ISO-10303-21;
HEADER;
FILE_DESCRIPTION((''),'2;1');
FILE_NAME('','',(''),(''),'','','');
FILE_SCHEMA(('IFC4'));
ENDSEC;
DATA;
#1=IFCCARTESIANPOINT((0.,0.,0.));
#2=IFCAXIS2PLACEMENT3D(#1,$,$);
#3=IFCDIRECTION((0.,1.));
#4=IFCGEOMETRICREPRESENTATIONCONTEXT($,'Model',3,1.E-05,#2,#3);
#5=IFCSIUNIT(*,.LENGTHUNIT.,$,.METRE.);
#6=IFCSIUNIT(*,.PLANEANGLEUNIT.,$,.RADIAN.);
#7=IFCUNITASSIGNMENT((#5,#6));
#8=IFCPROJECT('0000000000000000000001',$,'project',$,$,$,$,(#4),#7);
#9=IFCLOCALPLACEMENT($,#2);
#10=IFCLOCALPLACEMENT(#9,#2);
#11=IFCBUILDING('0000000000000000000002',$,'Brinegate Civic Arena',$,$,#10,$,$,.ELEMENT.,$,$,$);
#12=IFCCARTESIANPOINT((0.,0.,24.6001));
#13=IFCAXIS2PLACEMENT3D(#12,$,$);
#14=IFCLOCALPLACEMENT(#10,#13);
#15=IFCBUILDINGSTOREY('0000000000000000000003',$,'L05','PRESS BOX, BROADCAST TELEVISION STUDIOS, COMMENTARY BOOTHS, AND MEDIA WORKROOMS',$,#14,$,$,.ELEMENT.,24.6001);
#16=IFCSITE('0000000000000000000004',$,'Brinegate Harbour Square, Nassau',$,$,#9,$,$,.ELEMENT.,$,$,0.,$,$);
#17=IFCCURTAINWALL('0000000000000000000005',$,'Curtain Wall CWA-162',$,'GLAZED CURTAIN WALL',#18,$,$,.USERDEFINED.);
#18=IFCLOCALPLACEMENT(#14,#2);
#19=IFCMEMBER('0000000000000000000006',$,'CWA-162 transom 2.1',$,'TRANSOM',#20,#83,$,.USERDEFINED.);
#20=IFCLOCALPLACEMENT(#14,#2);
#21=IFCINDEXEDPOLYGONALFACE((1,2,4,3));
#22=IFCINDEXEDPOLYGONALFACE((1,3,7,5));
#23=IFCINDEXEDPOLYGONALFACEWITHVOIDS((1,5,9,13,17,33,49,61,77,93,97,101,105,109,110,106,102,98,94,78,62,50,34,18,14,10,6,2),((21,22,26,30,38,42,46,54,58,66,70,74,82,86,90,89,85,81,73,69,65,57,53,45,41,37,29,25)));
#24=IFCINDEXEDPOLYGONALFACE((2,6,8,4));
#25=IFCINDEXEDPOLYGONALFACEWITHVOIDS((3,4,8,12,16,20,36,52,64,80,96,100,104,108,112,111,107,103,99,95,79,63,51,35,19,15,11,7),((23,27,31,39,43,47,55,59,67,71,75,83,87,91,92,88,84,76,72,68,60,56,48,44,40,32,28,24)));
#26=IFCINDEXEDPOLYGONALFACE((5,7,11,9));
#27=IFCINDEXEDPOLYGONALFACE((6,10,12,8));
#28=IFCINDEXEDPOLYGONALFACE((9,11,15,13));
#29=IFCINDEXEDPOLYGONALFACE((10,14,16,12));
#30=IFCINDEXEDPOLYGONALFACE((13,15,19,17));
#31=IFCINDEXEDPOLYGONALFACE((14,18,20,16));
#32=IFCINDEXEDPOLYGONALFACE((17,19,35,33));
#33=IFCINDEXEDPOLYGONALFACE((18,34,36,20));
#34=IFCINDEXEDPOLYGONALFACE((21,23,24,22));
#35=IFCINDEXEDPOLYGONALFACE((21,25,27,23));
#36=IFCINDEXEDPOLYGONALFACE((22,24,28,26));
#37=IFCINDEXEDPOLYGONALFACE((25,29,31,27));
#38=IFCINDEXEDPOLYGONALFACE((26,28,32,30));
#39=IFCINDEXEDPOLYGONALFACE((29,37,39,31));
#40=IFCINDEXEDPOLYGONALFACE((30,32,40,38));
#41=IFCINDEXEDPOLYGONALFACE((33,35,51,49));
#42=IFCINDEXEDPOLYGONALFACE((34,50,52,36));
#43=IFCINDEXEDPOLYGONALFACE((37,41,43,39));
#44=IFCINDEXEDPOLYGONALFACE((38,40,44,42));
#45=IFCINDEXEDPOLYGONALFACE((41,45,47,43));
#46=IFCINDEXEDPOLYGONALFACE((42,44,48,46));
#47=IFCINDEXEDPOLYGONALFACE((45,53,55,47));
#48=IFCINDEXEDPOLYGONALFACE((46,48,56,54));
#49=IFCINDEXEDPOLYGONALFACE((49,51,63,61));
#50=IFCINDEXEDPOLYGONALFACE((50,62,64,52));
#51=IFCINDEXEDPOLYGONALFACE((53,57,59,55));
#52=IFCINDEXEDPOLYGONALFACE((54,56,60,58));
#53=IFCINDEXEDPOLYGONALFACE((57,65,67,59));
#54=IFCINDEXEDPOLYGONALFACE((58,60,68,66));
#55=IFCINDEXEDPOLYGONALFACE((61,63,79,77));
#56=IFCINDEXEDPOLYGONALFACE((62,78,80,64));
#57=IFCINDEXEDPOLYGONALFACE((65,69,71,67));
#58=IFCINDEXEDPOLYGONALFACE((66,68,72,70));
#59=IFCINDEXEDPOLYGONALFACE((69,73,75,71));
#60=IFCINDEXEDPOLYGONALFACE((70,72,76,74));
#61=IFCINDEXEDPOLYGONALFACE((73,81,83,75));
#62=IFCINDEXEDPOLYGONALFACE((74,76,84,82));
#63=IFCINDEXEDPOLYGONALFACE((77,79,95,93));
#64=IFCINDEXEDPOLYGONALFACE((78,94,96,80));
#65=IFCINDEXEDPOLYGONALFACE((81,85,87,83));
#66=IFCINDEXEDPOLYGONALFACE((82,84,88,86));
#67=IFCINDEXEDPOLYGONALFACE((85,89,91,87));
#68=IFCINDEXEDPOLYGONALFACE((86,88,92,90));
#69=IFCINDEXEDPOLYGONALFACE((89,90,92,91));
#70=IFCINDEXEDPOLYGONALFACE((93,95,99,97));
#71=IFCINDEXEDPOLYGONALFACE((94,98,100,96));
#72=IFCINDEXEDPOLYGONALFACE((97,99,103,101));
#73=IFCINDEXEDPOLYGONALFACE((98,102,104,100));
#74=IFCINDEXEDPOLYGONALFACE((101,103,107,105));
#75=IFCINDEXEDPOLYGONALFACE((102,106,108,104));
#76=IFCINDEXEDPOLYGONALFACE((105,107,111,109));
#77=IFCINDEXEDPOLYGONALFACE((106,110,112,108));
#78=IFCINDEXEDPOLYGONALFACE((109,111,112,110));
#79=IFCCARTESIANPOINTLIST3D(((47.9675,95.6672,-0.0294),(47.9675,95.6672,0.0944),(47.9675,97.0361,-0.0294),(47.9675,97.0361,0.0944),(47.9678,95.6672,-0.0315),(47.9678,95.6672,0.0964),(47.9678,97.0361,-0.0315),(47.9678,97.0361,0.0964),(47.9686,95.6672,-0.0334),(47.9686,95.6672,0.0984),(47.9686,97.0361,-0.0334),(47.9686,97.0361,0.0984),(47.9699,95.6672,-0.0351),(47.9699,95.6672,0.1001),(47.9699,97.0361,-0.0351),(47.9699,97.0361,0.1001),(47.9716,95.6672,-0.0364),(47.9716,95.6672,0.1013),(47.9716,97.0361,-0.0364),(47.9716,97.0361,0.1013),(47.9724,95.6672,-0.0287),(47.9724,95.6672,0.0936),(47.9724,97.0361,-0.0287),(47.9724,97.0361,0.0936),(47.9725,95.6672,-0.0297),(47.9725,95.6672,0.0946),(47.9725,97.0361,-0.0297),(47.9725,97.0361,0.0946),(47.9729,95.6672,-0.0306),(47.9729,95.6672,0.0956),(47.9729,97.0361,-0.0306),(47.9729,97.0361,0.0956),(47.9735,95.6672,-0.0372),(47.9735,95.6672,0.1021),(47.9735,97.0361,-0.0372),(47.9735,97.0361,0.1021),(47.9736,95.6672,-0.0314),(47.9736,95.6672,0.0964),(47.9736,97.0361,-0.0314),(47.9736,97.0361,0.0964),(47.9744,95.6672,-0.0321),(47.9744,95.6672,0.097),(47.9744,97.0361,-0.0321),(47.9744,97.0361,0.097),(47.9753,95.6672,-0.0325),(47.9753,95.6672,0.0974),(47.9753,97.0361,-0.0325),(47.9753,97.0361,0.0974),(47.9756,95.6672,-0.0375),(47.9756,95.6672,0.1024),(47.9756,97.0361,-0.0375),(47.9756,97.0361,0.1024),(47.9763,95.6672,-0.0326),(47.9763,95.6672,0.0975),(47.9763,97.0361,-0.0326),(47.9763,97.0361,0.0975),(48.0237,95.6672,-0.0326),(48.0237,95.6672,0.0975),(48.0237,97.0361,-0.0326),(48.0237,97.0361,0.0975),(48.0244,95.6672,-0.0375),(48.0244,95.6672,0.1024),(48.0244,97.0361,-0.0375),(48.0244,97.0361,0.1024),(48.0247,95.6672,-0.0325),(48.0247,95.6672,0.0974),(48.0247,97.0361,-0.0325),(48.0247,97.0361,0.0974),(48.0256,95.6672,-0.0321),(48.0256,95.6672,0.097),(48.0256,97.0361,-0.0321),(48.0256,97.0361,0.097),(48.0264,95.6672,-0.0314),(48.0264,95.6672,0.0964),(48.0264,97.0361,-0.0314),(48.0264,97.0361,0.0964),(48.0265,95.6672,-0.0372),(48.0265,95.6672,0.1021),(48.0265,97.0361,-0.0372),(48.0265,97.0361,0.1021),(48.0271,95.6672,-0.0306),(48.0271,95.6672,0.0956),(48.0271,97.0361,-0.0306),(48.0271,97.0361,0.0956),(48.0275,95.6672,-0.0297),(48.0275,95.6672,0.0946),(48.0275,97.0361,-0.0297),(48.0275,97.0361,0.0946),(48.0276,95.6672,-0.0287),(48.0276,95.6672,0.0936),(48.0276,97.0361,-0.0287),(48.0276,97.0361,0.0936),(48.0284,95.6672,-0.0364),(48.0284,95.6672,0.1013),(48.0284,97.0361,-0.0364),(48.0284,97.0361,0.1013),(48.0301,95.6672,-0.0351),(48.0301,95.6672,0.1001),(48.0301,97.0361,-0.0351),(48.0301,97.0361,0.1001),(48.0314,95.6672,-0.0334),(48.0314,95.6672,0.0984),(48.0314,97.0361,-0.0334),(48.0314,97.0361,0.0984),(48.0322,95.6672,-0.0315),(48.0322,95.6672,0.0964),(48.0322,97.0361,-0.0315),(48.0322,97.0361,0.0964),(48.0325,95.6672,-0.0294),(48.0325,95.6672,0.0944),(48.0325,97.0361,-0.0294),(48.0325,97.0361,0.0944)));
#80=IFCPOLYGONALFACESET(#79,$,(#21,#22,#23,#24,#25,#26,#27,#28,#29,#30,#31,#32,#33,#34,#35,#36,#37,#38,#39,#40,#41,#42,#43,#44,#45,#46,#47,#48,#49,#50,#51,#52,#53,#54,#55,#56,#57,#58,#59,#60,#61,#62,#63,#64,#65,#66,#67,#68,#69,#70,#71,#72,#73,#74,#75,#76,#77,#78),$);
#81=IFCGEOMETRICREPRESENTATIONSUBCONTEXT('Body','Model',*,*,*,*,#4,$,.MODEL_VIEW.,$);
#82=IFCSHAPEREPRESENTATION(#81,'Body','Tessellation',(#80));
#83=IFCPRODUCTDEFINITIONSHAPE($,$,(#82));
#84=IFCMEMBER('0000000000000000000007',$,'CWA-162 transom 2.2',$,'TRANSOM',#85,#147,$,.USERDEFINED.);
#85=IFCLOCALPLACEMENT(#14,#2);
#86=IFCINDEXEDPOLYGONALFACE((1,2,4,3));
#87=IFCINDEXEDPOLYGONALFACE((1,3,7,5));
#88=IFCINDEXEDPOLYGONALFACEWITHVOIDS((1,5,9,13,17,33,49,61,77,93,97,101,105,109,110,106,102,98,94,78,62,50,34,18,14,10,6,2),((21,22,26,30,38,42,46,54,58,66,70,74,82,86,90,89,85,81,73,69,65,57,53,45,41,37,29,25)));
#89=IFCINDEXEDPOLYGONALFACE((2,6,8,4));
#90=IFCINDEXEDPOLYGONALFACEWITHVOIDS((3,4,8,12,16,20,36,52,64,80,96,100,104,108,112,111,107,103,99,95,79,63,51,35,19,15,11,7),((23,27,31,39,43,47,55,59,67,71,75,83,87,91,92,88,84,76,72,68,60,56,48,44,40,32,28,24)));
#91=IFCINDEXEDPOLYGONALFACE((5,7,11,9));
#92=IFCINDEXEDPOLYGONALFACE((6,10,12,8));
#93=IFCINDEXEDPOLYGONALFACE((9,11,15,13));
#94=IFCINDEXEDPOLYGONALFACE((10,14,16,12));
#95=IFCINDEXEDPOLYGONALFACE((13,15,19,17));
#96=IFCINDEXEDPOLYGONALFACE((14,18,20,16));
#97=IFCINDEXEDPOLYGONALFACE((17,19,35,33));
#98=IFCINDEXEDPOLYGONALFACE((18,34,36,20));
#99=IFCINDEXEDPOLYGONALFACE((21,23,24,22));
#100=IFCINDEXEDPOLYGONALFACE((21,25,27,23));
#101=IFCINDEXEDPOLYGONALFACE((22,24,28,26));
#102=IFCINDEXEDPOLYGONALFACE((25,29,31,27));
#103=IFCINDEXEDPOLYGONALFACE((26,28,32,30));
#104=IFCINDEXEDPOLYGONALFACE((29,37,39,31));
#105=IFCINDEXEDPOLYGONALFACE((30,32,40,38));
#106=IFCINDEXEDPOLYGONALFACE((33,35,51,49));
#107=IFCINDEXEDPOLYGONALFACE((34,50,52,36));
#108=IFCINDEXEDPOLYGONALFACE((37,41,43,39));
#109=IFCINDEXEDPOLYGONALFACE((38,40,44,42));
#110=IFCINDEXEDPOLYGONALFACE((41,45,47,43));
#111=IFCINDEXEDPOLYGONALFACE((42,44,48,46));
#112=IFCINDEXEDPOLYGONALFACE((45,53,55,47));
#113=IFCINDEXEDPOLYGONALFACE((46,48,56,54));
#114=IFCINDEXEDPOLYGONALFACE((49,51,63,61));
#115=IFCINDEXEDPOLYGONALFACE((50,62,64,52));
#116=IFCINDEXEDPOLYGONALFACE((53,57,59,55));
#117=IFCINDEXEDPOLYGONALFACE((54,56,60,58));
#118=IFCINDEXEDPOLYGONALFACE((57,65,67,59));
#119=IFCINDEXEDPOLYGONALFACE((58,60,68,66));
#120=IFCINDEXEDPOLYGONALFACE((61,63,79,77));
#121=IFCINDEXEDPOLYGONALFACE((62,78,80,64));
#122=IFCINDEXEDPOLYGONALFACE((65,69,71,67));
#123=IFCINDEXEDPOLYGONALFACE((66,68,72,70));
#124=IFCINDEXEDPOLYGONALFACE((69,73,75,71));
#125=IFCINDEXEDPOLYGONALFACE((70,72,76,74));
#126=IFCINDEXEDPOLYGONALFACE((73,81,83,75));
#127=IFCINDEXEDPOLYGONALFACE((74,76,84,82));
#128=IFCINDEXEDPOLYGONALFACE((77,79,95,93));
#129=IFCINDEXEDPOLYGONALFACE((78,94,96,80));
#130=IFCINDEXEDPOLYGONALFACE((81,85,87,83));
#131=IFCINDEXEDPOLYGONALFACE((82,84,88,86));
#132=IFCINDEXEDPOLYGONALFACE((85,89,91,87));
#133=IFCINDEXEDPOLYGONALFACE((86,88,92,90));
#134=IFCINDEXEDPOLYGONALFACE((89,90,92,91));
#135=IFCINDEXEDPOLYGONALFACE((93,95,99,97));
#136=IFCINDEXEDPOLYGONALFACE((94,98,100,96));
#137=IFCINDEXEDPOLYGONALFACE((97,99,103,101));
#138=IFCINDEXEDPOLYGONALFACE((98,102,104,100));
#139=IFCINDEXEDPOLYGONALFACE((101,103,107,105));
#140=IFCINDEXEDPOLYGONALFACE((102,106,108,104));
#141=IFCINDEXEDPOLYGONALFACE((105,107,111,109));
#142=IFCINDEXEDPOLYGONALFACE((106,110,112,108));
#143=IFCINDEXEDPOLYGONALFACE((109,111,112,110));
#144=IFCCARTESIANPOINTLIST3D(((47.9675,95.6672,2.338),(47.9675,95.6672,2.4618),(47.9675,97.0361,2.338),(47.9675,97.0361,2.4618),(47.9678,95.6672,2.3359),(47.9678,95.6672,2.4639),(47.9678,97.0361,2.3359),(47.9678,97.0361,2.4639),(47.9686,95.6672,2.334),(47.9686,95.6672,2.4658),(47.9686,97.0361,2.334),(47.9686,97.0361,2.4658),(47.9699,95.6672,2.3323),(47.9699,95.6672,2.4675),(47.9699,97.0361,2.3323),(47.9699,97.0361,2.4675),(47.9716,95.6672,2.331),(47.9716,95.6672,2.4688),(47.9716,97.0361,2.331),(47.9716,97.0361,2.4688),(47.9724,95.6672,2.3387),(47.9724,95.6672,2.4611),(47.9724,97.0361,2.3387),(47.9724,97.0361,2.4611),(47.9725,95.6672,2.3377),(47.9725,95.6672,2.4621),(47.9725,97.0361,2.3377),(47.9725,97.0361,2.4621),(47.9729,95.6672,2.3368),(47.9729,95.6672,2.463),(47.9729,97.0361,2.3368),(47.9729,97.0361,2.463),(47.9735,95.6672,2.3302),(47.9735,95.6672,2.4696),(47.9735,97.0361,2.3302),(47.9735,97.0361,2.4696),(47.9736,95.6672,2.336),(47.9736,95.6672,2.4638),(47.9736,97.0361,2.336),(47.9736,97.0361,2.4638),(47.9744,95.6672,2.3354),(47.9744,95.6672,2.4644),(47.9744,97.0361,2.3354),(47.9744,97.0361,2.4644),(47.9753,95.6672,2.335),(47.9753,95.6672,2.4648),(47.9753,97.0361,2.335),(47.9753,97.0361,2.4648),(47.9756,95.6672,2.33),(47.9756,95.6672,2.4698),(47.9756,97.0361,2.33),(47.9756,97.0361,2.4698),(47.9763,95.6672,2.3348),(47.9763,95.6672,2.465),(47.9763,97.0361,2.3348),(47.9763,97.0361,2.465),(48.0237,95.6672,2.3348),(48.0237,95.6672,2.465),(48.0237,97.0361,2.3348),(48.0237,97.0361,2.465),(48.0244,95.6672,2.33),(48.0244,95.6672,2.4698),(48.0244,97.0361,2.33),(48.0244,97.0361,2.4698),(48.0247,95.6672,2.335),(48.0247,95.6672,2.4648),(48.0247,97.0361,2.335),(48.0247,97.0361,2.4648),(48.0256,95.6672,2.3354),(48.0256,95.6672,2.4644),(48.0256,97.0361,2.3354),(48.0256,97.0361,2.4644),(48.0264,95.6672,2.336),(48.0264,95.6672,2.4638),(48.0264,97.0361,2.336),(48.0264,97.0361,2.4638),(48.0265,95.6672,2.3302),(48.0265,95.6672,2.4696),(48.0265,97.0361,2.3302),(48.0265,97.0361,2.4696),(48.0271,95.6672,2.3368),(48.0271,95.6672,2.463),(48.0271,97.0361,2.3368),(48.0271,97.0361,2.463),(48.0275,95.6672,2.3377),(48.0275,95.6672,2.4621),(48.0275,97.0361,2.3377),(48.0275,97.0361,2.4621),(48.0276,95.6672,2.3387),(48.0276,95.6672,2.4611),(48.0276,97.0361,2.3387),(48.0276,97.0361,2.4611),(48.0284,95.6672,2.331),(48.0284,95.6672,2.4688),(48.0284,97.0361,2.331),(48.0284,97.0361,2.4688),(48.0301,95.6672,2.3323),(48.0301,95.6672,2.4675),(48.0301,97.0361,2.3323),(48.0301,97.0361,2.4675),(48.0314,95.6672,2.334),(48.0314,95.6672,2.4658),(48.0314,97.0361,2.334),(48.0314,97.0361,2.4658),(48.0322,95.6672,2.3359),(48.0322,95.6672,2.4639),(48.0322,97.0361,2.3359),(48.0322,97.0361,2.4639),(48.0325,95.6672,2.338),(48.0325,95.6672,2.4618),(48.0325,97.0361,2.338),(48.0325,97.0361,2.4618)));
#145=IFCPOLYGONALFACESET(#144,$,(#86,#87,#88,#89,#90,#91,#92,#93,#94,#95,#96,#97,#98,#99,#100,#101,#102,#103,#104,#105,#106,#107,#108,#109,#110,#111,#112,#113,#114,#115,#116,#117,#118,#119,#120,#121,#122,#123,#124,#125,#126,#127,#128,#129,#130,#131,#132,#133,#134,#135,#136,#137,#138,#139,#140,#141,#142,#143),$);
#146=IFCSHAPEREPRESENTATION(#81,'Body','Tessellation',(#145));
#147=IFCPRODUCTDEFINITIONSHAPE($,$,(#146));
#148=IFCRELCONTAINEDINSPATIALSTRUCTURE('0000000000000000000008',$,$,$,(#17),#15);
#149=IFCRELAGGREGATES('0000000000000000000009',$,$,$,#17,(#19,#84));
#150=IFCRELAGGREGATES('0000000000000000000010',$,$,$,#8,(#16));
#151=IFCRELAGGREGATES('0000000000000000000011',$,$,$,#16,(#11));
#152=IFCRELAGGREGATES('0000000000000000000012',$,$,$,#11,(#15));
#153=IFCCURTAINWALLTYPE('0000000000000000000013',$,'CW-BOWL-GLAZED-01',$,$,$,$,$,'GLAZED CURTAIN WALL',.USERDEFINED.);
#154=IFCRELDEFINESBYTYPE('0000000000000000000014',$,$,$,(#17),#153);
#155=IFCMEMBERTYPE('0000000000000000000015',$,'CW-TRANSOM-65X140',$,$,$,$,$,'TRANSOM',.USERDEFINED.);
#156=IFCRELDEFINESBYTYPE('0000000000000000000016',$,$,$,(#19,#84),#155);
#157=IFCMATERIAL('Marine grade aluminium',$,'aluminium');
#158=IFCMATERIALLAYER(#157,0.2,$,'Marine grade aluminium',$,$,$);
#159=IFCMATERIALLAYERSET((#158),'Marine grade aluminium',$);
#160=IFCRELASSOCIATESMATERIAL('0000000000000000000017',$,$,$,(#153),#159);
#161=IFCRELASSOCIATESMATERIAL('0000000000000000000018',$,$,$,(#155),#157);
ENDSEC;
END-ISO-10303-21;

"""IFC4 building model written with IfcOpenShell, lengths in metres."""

from ifc_helpers import new_model, si_unit, direction, frame, origin, origin_2d, place, context, subcontext, project, spatial, hollow_rectangle, extrude, material, layer, layer_set, material_profile, profile_set, type_object, element, aggregate, save


model = new_model("IFC4")

# Units and contexts
model_context = context("Model", 3, precision=1e-05, world=origin(), true_north=direction((0.0, 1.0)))
body_context = subcontext(model_context, "Body", "Model", "MODEL_VIEW")
ifc_project = project(units=[si_unit("LENGTHUNIT", "METRE"), si_unit("PLANEANGLEUNIT", "RADIAN")], contexts=[model_context])

# Site, building, storey
site_placement = place(None, origin())
site = spatial("IfcSite", under=ifc_project, at=site_placement, Name="Brinegate Harbour Square, Nassau", CompositionType="ELEMENT", RefElevation=0.0)
building_placement = place(site_placement, origin())
building = spatial("IfcBuilding", under=site, at=building_placement, Name="Brinegate Civic Arena", CompositionType="ELEMENT")
storey_placement = place(building_placement, frame((0.0, 0.0, 24.6001)))
storey = spatial("IfcBuildingStorey", under=building, at=storey_placement, Name="L05", Description="PRESS BOX, BROADCAST TELEVISION STUDIOS, COMMENTARY BOOTHS, AND MEDIA WORKROOMS", CompositionType="ELEMENT", Elevation=24.6001)

# Curtain wall, members
ifc_material_1 = material(Name="Marine grade aluminium", Category="aluminium")
ifc_layer_1 = layer(ifc_material_1, 0.2, Name="Marine grade aluminium")
ifc_layer_set_1 = layer_set([ifc_layer_1], Name="Marine grade aluminium")
curtain_wall_type = type_object("IfcCurtainWallType", Name="CW-BOWL-GLAZED-01", ElementType="GLAZED CURTAIN WALL", PredefinedType="USERDEFINED", material=ifc_layer_set_1)
curtain_wall_1_placement = place(storey_placement, origin())
curtain_wall_1 = element("IfcCurtainWall", 1, at=curtain_wall_1_placement, inside=storey, type_object=curtain_wall_type, Name="Curtain Wall CWA-162", ObjectType="GLAZED CURTAIN WALL", PredefinedType="USERDEFINED")
ifc_material_profile_1 = material_profile(ifc_material_1, hollow_rectangle(XDim=0.0649, YDim=0.1399, WallThickness=0.0049, InnerFilletRadius=0.0039, OuterFilletRadius=0.0081, at=origin_2d()), Name="TRN65X140")
ifc_profile_set_1 = profile_set([ifc_material_profile_1], Name="Marine grade aluminium")
member_type_1 = type_object("IfcMemberType", Name="CW-TRANSOM-65X140", ElementType="TRANSOM", PredefinedType="USERDEFINED", material=ifc_profile_set_1)
member_1_placement = place(storey_placement, frame((48.0, 95.6672, 0.0325), z_axis=(0.0, 1.0, 0.0), x_axis=(-1.0, 0.0, 0.0)))
member_1 = element("IfcMember", 2, at=member_1_placement, type_object=member_type_1, Name="CWA-162 transom 2.1", ObjectType="TRANSOM", PredefinedType="USERDEFINED", context=body_context, shape_type="SweptSolid", body=[
    extrude(hollow_rectangle(XDim=0.0649, YDim=0.1399, WallThickness=0.0049, InnerFilletRadius=0.0039, OuterFilletRadius=0.0081, at=origin_2d()), origin(), (0.0, 0.0, 1.0), 1.3689),
])
member_2_placement = place(storey_placement, frame((48.0, 95.6672, 2.3999), z_axis=(0.0, 1.0, 0.0), x_axis=(-1.0, 0.0, 0.0)))
member_2 = element("IfcMember", 3, at=member_2_placement, type_object=member_type_1, Name="CWA-162 transom 2.2", ObjectType="TRANSOM", PredefinedType="USERDEFINED", context=body_context, shape_type="SweptSolid", body=[
    extrude(hollow_rectangle(XDim=0.0649, YDim=0.1399, WallThickness=0.0049, InnerFilletRadius=0.0039, OuterFilletRadius=0.0081, at=origin_2d()), origin(), (0.0, 0.0, 1.0), 1.3689),
])

aggregate(curtain_wall_1, [member_1, member_2])

save(model, "model.ifc")
